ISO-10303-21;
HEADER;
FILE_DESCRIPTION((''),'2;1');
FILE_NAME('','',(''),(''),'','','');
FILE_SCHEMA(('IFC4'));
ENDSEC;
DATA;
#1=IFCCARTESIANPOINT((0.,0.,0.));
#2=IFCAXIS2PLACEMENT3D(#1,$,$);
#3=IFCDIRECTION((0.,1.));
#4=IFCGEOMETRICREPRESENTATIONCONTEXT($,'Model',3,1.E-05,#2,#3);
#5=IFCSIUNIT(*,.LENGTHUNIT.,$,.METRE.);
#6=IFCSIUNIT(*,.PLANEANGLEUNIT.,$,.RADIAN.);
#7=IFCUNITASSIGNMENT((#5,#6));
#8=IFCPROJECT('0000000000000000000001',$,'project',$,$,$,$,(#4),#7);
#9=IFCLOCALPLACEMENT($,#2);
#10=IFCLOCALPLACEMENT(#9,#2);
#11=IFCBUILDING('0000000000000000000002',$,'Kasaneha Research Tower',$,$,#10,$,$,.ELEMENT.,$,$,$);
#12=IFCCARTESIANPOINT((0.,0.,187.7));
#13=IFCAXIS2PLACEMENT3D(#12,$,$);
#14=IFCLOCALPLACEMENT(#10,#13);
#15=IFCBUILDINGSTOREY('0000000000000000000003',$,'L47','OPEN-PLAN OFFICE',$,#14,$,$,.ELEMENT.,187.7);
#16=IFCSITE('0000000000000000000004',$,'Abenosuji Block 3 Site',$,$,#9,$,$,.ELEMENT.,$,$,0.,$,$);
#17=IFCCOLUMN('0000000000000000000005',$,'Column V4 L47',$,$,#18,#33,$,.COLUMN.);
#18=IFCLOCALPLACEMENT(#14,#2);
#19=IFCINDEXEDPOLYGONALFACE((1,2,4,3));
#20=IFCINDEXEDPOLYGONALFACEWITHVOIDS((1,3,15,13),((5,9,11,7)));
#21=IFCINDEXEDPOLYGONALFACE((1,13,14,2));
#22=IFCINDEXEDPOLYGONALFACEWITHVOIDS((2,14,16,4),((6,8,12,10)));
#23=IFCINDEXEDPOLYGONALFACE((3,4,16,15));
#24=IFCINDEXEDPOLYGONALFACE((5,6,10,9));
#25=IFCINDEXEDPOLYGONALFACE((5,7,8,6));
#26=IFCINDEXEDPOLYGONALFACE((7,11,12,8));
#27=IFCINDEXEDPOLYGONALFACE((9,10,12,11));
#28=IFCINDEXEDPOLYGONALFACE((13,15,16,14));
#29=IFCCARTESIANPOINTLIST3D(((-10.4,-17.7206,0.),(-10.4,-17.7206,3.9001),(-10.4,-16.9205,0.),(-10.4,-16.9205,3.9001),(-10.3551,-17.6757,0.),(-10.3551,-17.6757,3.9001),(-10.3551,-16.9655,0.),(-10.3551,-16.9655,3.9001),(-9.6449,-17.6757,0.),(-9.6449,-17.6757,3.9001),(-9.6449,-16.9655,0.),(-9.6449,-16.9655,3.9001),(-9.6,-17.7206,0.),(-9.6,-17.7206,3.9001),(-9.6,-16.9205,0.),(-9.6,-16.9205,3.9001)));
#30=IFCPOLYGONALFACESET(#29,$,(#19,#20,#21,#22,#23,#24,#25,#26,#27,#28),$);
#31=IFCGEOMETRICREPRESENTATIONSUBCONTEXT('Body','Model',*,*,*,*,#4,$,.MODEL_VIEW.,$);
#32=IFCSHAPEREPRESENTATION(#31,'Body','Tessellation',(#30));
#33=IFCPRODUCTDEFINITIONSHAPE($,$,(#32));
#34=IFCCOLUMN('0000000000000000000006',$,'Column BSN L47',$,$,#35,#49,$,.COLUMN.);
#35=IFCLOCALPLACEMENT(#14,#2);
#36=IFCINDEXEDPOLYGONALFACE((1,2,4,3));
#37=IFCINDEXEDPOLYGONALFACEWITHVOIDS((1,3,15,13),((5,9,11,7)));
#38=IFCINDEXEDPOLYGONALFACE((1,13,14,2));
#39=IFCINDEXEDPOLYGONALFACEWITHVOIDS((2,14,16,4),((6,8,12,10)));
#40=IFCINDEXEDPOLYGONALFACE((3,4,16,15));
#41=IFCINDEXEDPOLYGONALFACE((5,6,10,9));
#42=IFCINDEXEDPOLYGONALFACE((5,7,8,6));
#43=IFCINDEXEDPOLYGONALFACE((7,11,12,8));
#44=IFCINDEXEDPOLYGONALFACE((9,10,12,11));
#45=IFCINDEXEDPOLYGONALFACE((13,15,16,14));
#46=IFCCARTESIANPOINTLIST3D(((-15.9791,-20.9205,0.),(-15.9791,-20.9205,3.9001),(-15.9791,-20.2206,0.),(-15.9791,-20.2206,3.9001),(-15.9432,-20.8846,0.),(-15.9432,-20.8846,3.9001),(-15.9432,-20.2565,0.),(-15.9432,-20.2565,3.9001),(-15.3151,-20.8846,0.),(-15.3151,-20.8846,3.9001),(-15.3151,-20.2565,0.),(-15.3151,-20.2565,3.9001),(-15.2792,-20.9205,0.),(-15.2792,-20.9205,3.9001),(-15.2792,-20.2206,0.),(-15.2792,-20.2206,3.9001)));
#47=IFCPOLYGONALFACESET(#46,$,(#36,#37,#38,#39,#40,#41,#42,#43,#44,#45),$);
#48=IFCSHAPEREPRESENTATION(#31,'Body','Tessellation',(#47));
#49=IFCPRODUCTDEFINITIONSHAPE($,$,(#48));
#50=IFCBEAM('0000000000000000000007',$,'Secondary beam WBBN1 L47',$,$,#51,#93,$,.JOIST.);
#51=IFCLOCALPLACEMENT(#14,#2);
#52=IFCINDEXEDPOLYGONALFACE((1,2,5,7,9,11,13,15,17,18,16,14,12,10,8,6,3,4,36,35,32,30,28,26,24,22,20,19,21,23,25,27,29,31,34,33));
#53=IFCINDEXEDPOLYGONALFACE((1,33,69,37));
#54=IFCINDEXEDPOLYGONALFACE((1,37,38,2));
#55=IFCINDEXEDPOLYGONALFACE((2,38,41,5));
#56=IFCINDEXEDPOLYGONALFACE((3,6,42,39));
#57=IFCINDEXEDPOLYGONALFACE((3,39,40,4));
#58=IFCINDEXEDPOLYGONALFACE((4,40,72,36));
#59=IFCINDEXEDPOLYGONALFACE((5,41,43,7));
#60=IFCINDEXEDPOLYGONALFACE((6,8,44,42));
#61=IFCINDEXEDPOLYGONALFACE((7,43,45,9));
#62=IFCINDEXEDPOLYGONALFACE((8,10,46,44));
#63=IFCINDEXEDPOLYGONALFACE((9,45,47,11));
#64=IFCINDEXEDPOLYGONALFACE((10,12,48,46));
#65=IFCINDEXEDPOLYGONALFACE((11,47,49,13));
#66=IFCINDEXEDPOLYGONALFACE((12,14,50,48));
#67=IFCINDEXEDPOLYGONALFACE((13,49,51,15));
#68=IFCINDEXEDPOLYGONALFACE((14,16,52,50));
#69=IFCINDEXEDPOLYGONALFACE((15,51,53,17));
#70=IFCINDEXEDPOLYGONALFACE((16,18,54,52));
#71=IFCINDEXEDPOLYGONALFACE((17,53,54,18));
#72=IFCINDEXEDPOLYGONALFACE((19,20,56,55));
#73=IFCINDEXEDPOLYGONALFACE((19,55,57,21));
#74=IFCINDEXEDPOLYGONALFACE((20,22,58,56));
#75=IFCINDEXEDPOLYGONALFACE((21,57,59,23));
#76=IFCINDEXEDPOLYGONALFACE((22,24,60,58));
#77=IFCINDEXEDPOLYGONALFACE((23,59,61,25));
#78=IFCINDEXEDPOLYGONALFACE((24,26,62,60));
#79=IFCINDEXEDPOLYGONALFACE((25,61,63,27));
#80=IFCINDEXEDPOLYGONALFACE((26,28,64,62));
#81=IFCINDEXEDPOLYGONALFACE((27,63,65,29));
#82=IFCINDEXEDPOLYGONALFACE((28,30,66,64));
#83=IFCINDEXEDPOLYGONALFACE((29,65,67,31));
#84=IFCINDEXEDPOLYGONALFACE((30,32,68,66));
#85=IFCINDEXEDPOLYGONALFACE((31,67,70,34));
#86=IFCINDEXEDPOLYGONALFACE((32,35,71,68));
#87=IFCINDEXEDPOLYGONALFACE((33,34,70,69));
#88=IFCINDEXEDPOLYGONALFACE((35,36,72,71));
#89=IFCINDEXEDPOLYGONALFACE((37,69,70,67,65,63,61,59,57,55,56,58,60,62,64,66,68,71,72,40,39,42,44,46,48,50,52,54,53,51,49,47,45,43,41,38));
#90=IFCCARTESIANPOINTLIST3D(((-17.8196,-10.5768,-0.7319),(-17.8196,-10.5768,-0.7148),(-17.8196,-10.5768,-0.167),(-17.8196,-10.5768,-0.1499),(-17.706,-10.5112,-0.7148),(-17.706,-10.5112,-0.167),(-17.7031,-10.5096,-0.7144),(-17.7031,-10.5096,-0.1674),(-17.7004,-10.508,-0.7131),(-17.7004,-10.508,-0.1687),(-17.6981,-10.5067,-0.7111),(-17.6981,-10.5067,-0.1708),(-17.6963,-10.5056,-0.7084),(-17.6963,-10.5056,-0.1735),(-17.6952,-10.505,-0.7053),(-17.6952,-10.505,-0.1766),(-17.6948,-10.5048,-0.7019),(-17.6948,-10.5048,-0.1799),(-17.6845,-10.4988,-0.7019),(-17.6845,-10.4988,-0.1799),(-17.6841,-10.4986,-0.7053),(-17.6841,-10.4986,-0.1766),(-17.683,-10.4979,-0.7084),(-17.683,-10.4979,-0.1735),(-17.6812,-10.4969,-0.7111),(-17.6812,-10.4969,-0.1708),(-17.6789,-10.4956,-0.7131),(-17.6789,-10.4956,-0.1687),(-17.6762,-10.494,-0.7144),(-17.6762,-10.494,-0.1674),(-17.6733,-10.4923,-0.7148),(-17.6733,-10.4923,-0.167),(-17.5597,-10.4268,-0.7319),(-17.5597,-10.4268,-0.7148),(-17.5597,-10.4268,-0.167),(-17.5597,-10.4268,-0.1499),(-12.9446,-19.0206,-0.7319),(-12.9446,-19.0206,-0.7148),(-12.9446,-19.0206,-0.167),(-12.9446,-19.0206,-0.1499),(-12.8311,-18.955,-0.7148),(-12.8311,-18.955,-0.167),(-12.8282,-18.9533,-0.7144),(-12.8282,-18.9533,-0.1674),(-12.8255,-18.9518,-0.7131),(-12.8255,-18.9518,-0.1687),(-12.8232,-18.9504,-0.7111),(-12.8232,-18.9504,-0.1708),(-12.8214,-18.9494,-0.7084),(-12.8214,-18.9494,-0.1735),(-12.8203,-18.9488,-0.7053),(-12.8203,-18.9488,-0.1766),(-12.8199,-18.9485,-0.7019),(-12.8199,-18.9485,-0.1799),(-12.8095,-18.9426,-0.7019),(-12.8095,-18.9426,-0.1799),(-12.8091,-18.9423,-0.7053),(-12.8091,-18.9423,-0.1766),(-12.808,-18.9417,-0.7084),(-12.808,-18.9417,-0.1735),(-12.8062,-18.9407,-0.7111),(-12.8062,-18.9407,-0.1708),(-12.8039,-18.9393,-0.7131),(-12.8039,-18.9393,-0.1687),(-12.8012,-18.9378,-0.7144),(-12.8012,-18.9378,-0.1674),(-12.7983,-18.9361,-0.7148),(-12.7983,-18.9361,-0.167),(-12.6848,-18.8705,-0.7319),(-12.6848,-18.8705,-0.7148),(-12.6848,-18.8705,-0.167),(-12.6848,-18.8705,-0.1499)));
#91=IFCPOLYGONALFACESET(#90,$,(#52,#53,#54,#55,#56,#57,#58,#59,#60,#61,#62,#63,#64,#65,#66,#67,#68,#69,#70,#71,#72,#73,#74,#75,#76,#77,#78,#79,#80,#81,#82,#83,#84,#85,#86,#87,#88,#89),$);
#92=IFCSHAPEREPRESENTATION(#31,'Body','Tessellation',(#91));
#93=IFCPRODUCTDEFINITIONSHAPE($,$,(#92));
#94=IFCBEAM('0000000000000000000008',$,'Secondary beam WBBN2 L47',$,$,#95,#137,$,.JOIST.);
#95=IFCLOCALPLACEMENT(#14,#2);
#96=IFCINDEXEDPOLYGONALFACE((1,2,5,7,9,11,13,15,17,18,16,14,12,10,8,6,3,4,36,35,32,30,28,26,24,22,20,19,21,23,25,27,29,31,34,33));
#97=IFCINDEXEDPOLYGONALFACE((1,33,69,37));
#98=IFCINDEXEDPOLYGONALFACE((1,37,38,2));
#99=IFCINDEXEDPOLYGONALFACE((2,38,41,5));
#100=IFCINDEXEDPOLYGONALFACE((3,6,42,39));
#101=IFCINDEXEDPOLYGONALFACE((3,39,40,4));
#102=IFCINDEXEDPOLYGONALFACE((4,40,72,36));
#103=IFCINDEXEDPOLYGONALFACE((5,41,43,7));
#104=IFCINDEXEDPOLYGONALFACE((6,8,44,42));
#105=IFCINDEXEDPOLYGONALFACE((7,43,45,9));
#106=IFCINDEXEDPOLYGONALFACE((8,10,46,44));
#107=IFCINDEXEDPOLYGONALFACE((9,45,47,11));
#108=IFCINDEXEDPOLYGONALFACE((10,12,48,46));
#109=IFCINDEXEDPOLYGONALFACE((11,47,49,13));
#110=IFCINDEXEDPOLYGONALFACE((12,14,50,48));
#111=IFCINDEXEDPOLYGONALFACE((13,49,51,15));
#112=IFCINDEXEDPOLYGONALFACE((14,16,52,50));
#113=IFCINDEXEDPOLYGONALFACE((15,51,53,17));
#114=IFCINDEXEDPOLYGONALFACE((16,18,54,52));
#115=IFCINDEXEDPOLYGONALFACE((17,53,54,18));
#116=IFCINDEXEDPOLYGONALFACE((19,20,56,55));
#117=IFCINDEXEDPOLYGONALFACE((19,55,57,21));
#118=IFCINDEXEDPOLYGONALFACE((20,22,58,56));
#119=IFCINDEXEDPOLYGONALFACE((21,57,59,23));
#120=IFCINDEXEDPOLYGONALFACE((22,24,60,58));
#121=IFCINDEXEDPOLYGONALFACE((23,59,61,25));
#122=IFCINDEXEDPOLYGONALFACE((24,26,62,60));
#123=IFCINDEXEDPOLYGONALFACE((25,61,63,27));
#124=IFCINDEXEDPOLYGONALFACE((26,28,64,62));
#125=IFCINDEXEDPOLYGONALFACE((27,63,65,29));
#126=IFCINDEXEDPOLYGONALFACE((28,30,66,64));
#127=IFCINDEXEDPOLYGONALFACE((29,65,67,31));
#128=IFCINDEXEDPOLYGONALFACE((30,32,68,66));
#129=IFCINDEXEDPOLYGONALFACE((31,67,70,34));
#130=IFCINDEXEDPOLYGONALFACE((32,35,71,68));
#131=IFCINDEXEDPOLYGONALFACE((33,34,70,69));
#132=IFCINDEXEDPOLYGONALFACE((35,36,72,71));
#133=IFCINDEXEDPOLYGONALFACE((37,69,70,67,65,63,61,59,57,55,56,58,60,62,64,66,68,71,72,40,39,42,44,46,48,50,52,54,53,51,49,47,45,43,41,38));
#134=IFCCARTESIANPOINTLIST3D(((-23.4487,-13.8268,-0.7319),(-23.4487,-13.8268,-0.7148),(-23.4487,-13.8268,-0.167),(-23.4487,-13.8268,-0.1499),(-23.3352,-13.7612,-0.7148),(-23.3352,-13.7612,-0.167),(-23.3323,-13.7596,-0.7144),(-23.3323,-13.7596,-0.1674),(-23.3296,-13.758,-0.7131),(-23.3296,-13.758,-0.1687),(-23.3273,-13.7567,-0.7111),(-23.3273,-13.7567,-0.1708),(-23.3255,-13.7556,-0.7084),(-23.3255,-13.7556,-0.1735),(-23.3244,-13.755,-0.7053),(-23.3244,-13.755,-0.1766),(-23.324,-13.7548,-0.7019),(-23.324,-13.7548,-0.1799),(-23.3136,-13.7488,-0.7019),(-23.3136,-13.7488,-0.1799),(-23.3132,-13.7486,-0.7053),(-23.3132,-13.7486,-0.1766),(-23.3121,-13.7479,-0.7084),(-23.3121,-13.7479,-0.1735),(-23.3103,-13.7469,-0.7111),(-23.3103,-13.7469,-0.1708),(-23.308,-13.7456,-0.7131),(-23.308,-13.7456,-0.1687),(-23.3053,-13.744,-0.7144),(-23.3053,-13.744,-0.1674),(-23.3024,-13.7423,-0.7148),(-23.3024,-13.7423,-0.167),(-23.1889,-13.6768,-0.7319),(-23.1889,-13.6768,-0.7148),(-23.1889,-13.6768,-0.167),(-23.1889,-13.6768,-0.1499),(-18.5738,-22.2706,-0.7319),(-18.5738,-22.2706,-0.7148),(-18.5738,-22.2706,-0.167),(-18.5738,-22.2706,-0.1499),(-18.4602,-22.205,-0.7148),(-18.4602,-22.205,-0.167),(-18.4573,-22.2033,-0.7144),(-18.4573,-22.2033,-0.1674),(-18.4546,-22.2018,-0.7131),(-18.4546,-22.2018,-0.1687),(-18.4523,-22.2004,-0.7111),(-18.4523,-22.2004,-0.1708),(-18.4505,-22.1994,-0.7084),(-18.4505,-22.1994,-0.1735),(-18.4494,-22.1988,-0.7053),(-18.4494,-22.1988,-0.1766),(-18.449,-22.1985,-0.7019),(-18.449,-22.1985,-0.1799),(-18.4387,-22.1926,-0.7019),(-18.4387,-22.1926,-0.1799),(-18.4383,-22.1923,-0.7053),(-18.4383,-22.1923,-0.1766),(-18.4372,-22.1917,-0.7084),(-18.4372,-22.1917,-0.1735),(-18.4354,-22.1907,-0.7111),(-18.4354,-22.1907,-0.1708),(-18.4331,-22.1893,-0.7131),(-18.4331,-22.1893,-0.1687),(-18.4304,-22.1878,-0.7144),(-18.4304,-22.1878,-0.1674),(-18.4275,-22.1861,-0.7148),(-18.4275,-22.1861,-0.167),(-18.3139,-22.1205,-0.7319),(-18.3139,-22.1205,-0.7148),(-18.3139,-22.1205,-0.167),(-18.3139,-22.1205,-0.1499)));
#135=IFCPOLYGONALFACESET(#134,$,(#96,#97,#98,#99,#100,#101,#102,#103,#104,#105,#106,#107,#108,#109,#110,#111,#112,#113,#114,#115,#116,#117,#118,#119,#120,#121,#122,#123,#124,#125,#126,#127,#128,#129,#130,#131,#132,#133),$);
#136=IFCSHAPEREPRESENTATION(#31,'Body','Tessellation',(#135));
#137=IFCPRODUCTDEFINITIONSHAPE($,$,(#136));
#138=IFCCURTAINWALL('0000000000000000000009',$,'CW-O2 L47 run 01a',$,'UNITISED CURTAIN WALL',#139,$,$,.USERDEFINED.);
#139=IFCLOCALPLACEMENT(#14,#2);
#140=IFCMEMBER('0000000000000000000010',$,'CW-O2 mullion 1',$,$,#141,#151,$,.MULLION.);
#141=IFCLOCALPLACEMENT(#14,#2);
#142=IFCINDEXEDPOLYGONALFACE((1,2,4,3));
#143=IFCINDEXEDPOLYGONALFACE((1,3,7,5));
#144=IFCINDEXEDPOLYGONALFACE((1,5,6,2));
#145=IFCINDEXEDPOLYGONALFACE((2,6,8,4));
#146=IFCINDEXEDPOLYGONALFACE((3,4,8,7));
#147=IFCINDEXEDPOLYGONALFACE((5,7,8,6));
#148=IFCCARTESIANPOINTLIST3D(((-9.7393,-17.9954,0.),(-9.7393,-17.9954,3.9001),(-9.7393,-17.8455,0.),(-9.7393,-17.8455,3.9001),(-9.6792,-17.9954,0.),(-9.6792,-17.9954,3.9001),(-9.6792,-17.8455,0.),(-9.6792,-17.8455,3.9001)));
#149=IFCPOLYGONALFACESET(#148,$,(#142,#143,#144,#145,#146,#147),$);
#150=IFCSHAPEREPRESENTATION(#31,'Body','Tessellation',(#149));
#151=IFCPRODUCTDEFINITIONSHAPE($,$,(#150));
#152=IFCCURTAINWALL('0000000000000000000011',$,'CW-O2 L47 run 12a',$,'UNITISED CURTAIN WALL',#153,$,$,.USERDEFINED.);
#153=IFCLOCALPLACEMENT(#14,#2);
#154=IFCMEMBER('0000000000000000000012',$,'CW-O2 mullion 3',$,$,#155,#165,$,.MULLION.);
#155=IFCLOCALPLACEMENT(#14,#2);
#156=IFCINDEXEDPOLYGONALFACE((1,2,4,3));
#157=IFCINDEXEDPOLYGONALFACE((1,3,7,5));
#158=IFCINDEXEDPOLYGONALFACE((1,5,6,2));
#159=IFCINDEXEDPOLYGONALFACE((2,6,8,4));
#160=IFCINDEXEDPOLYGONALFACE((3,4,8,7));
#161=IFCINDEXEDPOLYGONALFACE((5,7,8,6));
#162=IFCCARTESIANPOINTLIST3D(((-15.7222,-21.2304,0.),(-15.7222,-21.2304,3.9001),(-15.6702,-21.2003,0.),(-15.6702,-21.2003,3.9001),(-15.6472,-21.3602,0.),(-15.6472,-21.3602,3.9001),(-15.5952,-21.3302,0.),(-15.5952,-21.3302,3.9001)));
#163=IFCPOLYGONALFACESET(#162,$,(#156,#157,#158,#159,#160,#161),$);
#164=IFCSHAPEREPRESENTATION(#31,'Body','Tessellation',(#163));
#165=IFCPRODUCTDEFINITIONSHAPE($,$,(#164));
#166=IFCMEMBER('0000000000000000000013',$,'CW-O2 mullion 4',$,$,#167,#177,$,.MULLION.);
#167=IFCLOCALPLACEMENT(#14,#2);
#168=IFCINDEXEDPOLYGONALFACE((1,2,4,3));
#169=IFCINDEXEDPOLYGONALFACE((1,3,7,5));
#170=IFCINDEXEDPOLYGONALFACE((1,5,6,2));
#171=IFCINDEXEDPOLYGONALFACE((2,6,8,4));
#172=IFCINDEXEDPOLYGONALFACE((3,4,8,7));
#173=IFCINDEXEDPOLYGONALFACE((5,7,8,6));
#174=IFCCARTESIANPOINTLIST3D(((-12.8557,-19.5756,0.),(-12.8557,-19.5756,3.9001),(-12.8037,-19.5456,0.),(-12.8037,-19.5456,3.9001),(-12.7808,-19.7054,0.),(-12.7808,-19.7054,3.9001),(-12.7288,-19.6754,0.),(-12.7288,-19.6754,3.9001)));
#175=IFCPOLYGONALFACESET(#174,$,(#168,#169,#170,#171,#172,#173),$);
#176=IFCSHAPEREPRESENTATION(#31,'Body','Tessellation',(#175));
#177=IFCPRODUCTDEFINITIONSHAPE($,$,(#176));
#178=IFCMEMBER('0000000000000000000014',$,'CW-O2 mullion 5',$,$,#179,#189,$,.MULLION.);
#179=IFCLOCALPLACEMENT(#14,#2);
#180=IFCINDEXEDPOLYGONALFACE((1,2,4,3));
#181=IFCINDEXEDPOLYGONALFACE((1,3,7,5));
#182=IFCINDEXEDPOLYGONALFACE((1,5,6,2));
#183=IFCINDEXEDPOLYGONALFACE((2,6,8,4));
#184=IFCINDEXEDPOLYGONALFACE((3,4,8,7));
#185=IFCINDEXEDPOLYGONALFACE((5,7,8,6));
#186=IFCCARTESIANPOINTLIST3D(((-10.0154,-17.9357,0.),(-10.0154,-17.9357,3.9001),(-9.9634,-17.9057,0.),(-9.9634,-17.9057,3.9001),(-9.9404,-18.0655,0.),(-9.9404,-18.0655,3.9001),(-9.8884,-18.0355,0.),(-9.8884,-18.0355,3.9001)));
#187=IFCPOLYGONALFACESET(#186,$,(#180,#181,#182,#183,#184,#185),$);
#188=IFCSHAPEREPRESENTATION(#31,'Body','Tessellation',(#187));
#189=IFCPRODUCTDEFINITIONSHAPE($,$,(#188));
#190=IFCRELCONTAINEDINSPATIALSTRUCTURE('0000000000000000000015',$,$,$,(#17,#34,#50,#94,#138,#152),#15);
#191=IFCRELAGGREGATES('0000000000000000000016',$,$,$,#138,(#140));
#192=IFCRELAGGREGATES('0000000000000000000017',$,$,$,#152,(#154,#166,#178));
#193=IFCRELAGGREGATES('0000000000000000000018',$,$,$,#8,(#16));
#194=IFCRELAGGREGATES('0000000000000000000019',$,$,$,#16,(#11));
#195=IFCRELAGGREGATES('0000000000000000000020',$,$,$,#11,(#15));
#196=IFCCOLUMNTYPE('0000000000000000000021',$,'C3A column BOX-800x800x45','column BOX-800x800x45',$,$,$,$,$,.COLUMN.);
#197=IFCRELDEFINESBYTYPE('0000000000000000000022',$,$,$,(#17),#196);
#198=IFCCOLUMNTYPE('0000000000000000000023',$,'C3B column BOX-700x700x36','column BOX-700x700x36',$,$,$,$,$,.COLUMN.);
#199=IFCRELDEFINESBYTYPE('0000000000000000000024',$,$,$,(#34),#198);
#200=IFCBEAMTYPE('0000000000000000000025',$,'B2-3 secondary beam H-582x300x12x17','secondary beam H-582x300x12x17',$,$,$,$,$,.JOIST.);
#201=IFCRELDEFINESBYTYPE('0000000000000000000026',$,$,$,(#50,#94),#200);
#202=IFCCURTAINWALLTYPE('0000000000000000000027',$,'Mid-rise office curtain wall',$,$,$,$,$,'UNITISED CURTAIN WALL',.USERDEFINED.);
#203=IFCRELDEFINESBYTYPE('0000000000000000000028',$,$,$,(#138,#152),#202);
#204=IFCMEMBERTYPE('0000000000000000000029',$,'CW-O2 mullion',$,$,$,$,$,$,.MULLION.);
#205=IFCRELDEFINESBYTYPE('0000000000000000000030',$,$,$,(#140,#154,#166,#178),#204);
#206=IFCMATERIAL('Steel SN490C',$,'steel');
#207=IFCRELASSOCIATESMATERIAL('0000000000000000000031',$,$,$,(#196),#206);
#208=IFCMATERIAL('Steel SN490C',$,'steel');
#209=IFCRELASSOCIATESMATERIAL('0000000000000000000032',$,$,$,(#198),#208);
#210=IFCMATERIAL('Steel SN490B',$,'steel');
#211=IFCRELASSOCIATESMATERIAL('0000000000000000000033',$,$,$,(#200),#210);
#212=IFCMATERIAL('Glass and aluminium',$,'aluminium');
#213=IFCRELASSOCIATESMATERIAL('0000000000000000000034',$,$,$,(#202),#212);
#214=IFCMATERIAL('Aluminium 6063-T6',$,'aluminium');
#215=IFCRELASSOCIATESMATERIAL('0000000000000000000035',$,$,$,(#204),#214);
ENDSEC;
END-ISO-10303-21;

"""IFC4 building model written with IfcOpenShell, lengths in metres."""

from ifc_helpers import new_model, si_unit, direction, frame, origin, origin_2d, place, context, subcontext, project, spatial, rectangle, hollow_rectangle, i_section, extrude, material, material_profile, profile_set, type_object, element, aggregate, save


model = new_model("IFC4")

# Units and contexts
model_context = context("Model", 3, precision=1e-05, world=origin(), true_north=direction((0.0, 1.0)))
body_context = subcontext(model_context, "Body", "Model", "MODEL_VIEW")
ifc_project = project(units=[si_unit("LENGTHUNIT", "METRE"), si_unit("PLANEANGLEUNIT", "RADIAN")], contexts=[model_context])

# Site, building, storey
site_placement = place(None, origin())
site = spatial("IfcSite", under=ifc_project, at=site_placement, Name="Abenosuji Block 3 Site", CompositionType="ELEMENT", RefElevation=0.0)
building_placement = place(site_placement, origin())
building = spatial("IfcBuilding", under=site, at=building_placement, Name="Kasaneha Research Tower", CompositionType="ELEMENT")
storey_placement = place(building_placement, frame((0.0, 0.0, 187.7)))
storey = spatial("IfcBuildingStorey", under=building, at=storey_placement, Name="L47", Description="OPEN-PLAN OFFICE", CompositionType="ELEMENT", Elevation=187.7)

# Columns
ifc_material_1 = material(Name="Steel SN490C", Category="steel")
ifc_material_profile_1 = material_profile(ifc_material_1, hollow_rectangle(XDim=0.8, YDim=0.8, WallThickness=0.0449, at=origin_2d()), Name="BOX-800x800x45")
ifc_profile_set_1 = profile_set([ifc_material_profile_1], Name="Steel SN490C")
column_type_1 = type_object("IfcColumnType", Name="C3A column BOX-800x800x45", Description="column BOX-800x800x45", PredefinedType="COLUMN", material=ifc_profile_set_1)
column_1_placement = place(storey_placement, frame((-10.0, -17.3206, 0.0), z_axis=(0.0, 0.0, 1.0), x_axis=(1.0, 0.0, 0.0)))
element("IfcColumn", 1, at=column_1_placement, inside=storey, type_object=column_type_1, Name="Column V4 L47", PredefinedType="COLUMN", context=body_context, shape_type="SweptSolid", body=[
    extrude(hollow_rectangle(XDim=0.8, YDim=0.8, WallThickness=0.0449, at=origin_2d()), origin(), (0.0, 0.0, 1.0), 3.9001),
])
ifc_material_2 = material(Name="Steel SN490C", Category="steel")
ifc_material_profile_2 = material_profile(ifc_material_2, hollow_rectangle(XDim=0.7, YDim=0.7, WallThickness=0.0359, at=origin_2d()), Name="BOX-700x700x36")
ifc_profile_set_2 = profile_set([ifc_material_profile_2], Name="Steel SN490C")
column_type_2 = type_object("IfcColumnType", Name="C3B column BOX-700x700x36", Description="column BOX-700x700x36", PredefinedType="COLUMN", material=ifc_profile_set_2)
column_2_placement = place(storey_placement, frame((-15.6292, -20.5706, 0.0), z_axis=(0.0, 0.0, 1.0), x_axis=(1.0, 0.0, 0.0)))
element("IfcColumn", 2, at=column_2_placement, inside=storey, type_object=column_type_2, Name="Column BSN L47", PredefinedType="COLUMN", context=body_context, shape_type="SweptSolid", body=[
    extrude(hollow_rectangle(XDim=0.7, YDim=0.7, WallThickness=0.0359, at=origin_2d()), origin(), (0.0, 0.0, 1.0), 3.9001),
])

# Beams
ifc_material_3 = material(Name="Steel SN490B", Category="steel")
ifc_material_profile_3 = material_profile(ifc_material_3, i_section(OverallWidth=0.3, OverallDepth=0.582, WebThickness=0.012, FlangeThickness=0.0171, FilletRadius=0.0129, at=origin_2d()), Name="H-582x300x12x17")
ifc_profile_set_3 = profile_set([ifc_material_profile_3], Name="Steel SN490B")
beam_type_1 = type_object("IfcBeamType", Name="B2-3 secondary beam H-582x300x12x17", Description="secondary beam H-582x300x12x17", PredefinedType="JOIST", material=ifc_profile_set_3)
for number, where, z_axis, x_axis, name in (
    (3, (-12.8147, -18.9456, -0.4409), (-0.499996, 0.866028, 0.0), (-0.866028, -0.499996, 0.0), "Secondary beam WBBN1 L47"),
    (4, (-18.4438, -22.1956, -0.4409), (-0.499996, 0.866028, 0.0), (-0.866028, -0.499996, 0.0), "Secondary beam WBBN2 L47"),
):
    element("IfcBeam", number, at=place(storey_placement, frame(where, z_axis=z_axis, x_axis=x_axis)), inside=storey, type_object=beam_type_1, Name=name, PredefinedType="JOIST", context=body_context, shape_type="SweptSolid", body=[
        extrude(i_section(OverallWidth=0.3, OverallDepth=0.582, WebThickness=0.012, FlangeThickness=0.0171, FilletRadius=0.0129, at=origin_2d()), origin(), (0.0, 0.0, 1.0), 9.75),
    ])

# Curtain wall, member
ifc_material_4 = material(Name="Glass and aluminium", Category="aluminium")
curtain_wall_type = type_object("IfcCurtainWallType", Name="Mid-rise office curtain wall", ElementType="UNITISED CURTAIN WALL", PredefinedType="USERDEFINED", material=ifc_material_4)
curtain_wall_1_placement = place(storey_placement, origin())
curtain_wall_1 = element("IfcCurtainWall", 5, at=curtain_wall_1_placement, inside=storey, type_object=curtain_wall_type, Name="CW-O2 L47 run 01a", ObjectType="UNITISED CURTAIN WALL", PredefinedType="USERDEFINED")
ifc_material_5 = material(Name="Aluminium 6063-T6", Category="aluminium")
ifc_material_profile_4 = material_profile(ifc_material_5, rectangle(XDim=0.0601, YDim=0.1499, at=origin_2d()), Name="CW-O2 mullion 60x150")
ifc_profile_set_4 = profile_set([ifc_material_profile_4], Name="Aluminium 6063-T6")
member_type_1 = type_object("IfcMemberType", Name="CW-O2 mullion", PredefinedType="MULLION", material=ifc_profile_set_4)
member_1_placement = place(storey_placement, frame((-9.7092, -17.9204, 0.0), z_axis=(0.0, 0.0, 1.0), x_axis=(1.0, 0.0, 0.0)))
member_1 = element("IfcMember", 6, at=member_1_placement, type_object=member_type_1, Name="CW-O2 mullion 1", PredefinedType="MULLION", context=body_context, shape_type="SweptSolid", body=[
    extrude(rectangle(XDim=0.0601, YDim=0.1499, at=origin_2d()), origin(), (0.0, 0.0, 1.0), 3.9001),
])

# Curtain wall, members
curtain_wall_2_placement = place(storey_placement, origin())
curtain_wall_2 = element("IfcCurtainWall", 7, at=curtain_wall_2_placement, inside=storey, type_object=curtain_wall_type, Name="CW-O2 L47 run 12a", ObjectType="UNITISED CURTAIN WALL", PredefinedType="USERDEFINED")
member_2_placement = place(storey_placement, frame((-15.6587, -21.2803, 0.0), z_axis=(0.0, 0.0, 1.0), x_axis=(0.866025, 0.5, 0.0)))
member_2 = element("IfcMember", 8, at=member_2_placement, type_object=member_type_1, Name="CW-O2 mullion 3", PredefinedType="MULLION", context=body_context, shape_type="SweptSolid", body=[
    extrude(rectangle(XDim=0.0601, YDim=0.1499, at=origin_2d()), origin(), (0.0, 0.0, 1.0), 3.9001),
])
member_3_placement = place(storey_placement, frame((-12.7922, -19.6255, 0.0), z_axis=(0.0, 0.0, 1.0), x_axis=(0.866025, 0.5, 0.0)))
member_3 = element("IfcMember", 9, at=member_3_placement, type_object=member_type_1, Name="CW-O2 mullion 4", PredefinedType="MULLION", context=body_context, shape_type="SweptSolid", body=[
    extrude(rectangle(XDim=0.0601, YDim=0.1499, at=origin_2d()), origin(), (0.0, 0.0, 1.0), 3.9001),
])
member_4_placement = place(storey_placement, frame((-9.9519, -17.9856, 0.0), z_axis=(0.0, 0.0, 1.0), x_axis=(0.866025, 0.5, 0.0)))
member_4 = element("IfcMember", 10, at=member_4_placement, type_object=member_type_1, Name="CW-O2 mullion 5", PredefinedType="MULLION", context=body_context, shape_type="SweptSolid", body=[
    extrude(rectangle(XDim=0.0601, YDim=0.1499, at=origin_2d()), origin(), (0.0, 0.0, 1.0), 3.9001),
])

aggregate(curtain_wall_1, [member_1])

aggregate(curtain_wall_2, [member_2, member_3, member_4])

save(model, "model.ifc")
